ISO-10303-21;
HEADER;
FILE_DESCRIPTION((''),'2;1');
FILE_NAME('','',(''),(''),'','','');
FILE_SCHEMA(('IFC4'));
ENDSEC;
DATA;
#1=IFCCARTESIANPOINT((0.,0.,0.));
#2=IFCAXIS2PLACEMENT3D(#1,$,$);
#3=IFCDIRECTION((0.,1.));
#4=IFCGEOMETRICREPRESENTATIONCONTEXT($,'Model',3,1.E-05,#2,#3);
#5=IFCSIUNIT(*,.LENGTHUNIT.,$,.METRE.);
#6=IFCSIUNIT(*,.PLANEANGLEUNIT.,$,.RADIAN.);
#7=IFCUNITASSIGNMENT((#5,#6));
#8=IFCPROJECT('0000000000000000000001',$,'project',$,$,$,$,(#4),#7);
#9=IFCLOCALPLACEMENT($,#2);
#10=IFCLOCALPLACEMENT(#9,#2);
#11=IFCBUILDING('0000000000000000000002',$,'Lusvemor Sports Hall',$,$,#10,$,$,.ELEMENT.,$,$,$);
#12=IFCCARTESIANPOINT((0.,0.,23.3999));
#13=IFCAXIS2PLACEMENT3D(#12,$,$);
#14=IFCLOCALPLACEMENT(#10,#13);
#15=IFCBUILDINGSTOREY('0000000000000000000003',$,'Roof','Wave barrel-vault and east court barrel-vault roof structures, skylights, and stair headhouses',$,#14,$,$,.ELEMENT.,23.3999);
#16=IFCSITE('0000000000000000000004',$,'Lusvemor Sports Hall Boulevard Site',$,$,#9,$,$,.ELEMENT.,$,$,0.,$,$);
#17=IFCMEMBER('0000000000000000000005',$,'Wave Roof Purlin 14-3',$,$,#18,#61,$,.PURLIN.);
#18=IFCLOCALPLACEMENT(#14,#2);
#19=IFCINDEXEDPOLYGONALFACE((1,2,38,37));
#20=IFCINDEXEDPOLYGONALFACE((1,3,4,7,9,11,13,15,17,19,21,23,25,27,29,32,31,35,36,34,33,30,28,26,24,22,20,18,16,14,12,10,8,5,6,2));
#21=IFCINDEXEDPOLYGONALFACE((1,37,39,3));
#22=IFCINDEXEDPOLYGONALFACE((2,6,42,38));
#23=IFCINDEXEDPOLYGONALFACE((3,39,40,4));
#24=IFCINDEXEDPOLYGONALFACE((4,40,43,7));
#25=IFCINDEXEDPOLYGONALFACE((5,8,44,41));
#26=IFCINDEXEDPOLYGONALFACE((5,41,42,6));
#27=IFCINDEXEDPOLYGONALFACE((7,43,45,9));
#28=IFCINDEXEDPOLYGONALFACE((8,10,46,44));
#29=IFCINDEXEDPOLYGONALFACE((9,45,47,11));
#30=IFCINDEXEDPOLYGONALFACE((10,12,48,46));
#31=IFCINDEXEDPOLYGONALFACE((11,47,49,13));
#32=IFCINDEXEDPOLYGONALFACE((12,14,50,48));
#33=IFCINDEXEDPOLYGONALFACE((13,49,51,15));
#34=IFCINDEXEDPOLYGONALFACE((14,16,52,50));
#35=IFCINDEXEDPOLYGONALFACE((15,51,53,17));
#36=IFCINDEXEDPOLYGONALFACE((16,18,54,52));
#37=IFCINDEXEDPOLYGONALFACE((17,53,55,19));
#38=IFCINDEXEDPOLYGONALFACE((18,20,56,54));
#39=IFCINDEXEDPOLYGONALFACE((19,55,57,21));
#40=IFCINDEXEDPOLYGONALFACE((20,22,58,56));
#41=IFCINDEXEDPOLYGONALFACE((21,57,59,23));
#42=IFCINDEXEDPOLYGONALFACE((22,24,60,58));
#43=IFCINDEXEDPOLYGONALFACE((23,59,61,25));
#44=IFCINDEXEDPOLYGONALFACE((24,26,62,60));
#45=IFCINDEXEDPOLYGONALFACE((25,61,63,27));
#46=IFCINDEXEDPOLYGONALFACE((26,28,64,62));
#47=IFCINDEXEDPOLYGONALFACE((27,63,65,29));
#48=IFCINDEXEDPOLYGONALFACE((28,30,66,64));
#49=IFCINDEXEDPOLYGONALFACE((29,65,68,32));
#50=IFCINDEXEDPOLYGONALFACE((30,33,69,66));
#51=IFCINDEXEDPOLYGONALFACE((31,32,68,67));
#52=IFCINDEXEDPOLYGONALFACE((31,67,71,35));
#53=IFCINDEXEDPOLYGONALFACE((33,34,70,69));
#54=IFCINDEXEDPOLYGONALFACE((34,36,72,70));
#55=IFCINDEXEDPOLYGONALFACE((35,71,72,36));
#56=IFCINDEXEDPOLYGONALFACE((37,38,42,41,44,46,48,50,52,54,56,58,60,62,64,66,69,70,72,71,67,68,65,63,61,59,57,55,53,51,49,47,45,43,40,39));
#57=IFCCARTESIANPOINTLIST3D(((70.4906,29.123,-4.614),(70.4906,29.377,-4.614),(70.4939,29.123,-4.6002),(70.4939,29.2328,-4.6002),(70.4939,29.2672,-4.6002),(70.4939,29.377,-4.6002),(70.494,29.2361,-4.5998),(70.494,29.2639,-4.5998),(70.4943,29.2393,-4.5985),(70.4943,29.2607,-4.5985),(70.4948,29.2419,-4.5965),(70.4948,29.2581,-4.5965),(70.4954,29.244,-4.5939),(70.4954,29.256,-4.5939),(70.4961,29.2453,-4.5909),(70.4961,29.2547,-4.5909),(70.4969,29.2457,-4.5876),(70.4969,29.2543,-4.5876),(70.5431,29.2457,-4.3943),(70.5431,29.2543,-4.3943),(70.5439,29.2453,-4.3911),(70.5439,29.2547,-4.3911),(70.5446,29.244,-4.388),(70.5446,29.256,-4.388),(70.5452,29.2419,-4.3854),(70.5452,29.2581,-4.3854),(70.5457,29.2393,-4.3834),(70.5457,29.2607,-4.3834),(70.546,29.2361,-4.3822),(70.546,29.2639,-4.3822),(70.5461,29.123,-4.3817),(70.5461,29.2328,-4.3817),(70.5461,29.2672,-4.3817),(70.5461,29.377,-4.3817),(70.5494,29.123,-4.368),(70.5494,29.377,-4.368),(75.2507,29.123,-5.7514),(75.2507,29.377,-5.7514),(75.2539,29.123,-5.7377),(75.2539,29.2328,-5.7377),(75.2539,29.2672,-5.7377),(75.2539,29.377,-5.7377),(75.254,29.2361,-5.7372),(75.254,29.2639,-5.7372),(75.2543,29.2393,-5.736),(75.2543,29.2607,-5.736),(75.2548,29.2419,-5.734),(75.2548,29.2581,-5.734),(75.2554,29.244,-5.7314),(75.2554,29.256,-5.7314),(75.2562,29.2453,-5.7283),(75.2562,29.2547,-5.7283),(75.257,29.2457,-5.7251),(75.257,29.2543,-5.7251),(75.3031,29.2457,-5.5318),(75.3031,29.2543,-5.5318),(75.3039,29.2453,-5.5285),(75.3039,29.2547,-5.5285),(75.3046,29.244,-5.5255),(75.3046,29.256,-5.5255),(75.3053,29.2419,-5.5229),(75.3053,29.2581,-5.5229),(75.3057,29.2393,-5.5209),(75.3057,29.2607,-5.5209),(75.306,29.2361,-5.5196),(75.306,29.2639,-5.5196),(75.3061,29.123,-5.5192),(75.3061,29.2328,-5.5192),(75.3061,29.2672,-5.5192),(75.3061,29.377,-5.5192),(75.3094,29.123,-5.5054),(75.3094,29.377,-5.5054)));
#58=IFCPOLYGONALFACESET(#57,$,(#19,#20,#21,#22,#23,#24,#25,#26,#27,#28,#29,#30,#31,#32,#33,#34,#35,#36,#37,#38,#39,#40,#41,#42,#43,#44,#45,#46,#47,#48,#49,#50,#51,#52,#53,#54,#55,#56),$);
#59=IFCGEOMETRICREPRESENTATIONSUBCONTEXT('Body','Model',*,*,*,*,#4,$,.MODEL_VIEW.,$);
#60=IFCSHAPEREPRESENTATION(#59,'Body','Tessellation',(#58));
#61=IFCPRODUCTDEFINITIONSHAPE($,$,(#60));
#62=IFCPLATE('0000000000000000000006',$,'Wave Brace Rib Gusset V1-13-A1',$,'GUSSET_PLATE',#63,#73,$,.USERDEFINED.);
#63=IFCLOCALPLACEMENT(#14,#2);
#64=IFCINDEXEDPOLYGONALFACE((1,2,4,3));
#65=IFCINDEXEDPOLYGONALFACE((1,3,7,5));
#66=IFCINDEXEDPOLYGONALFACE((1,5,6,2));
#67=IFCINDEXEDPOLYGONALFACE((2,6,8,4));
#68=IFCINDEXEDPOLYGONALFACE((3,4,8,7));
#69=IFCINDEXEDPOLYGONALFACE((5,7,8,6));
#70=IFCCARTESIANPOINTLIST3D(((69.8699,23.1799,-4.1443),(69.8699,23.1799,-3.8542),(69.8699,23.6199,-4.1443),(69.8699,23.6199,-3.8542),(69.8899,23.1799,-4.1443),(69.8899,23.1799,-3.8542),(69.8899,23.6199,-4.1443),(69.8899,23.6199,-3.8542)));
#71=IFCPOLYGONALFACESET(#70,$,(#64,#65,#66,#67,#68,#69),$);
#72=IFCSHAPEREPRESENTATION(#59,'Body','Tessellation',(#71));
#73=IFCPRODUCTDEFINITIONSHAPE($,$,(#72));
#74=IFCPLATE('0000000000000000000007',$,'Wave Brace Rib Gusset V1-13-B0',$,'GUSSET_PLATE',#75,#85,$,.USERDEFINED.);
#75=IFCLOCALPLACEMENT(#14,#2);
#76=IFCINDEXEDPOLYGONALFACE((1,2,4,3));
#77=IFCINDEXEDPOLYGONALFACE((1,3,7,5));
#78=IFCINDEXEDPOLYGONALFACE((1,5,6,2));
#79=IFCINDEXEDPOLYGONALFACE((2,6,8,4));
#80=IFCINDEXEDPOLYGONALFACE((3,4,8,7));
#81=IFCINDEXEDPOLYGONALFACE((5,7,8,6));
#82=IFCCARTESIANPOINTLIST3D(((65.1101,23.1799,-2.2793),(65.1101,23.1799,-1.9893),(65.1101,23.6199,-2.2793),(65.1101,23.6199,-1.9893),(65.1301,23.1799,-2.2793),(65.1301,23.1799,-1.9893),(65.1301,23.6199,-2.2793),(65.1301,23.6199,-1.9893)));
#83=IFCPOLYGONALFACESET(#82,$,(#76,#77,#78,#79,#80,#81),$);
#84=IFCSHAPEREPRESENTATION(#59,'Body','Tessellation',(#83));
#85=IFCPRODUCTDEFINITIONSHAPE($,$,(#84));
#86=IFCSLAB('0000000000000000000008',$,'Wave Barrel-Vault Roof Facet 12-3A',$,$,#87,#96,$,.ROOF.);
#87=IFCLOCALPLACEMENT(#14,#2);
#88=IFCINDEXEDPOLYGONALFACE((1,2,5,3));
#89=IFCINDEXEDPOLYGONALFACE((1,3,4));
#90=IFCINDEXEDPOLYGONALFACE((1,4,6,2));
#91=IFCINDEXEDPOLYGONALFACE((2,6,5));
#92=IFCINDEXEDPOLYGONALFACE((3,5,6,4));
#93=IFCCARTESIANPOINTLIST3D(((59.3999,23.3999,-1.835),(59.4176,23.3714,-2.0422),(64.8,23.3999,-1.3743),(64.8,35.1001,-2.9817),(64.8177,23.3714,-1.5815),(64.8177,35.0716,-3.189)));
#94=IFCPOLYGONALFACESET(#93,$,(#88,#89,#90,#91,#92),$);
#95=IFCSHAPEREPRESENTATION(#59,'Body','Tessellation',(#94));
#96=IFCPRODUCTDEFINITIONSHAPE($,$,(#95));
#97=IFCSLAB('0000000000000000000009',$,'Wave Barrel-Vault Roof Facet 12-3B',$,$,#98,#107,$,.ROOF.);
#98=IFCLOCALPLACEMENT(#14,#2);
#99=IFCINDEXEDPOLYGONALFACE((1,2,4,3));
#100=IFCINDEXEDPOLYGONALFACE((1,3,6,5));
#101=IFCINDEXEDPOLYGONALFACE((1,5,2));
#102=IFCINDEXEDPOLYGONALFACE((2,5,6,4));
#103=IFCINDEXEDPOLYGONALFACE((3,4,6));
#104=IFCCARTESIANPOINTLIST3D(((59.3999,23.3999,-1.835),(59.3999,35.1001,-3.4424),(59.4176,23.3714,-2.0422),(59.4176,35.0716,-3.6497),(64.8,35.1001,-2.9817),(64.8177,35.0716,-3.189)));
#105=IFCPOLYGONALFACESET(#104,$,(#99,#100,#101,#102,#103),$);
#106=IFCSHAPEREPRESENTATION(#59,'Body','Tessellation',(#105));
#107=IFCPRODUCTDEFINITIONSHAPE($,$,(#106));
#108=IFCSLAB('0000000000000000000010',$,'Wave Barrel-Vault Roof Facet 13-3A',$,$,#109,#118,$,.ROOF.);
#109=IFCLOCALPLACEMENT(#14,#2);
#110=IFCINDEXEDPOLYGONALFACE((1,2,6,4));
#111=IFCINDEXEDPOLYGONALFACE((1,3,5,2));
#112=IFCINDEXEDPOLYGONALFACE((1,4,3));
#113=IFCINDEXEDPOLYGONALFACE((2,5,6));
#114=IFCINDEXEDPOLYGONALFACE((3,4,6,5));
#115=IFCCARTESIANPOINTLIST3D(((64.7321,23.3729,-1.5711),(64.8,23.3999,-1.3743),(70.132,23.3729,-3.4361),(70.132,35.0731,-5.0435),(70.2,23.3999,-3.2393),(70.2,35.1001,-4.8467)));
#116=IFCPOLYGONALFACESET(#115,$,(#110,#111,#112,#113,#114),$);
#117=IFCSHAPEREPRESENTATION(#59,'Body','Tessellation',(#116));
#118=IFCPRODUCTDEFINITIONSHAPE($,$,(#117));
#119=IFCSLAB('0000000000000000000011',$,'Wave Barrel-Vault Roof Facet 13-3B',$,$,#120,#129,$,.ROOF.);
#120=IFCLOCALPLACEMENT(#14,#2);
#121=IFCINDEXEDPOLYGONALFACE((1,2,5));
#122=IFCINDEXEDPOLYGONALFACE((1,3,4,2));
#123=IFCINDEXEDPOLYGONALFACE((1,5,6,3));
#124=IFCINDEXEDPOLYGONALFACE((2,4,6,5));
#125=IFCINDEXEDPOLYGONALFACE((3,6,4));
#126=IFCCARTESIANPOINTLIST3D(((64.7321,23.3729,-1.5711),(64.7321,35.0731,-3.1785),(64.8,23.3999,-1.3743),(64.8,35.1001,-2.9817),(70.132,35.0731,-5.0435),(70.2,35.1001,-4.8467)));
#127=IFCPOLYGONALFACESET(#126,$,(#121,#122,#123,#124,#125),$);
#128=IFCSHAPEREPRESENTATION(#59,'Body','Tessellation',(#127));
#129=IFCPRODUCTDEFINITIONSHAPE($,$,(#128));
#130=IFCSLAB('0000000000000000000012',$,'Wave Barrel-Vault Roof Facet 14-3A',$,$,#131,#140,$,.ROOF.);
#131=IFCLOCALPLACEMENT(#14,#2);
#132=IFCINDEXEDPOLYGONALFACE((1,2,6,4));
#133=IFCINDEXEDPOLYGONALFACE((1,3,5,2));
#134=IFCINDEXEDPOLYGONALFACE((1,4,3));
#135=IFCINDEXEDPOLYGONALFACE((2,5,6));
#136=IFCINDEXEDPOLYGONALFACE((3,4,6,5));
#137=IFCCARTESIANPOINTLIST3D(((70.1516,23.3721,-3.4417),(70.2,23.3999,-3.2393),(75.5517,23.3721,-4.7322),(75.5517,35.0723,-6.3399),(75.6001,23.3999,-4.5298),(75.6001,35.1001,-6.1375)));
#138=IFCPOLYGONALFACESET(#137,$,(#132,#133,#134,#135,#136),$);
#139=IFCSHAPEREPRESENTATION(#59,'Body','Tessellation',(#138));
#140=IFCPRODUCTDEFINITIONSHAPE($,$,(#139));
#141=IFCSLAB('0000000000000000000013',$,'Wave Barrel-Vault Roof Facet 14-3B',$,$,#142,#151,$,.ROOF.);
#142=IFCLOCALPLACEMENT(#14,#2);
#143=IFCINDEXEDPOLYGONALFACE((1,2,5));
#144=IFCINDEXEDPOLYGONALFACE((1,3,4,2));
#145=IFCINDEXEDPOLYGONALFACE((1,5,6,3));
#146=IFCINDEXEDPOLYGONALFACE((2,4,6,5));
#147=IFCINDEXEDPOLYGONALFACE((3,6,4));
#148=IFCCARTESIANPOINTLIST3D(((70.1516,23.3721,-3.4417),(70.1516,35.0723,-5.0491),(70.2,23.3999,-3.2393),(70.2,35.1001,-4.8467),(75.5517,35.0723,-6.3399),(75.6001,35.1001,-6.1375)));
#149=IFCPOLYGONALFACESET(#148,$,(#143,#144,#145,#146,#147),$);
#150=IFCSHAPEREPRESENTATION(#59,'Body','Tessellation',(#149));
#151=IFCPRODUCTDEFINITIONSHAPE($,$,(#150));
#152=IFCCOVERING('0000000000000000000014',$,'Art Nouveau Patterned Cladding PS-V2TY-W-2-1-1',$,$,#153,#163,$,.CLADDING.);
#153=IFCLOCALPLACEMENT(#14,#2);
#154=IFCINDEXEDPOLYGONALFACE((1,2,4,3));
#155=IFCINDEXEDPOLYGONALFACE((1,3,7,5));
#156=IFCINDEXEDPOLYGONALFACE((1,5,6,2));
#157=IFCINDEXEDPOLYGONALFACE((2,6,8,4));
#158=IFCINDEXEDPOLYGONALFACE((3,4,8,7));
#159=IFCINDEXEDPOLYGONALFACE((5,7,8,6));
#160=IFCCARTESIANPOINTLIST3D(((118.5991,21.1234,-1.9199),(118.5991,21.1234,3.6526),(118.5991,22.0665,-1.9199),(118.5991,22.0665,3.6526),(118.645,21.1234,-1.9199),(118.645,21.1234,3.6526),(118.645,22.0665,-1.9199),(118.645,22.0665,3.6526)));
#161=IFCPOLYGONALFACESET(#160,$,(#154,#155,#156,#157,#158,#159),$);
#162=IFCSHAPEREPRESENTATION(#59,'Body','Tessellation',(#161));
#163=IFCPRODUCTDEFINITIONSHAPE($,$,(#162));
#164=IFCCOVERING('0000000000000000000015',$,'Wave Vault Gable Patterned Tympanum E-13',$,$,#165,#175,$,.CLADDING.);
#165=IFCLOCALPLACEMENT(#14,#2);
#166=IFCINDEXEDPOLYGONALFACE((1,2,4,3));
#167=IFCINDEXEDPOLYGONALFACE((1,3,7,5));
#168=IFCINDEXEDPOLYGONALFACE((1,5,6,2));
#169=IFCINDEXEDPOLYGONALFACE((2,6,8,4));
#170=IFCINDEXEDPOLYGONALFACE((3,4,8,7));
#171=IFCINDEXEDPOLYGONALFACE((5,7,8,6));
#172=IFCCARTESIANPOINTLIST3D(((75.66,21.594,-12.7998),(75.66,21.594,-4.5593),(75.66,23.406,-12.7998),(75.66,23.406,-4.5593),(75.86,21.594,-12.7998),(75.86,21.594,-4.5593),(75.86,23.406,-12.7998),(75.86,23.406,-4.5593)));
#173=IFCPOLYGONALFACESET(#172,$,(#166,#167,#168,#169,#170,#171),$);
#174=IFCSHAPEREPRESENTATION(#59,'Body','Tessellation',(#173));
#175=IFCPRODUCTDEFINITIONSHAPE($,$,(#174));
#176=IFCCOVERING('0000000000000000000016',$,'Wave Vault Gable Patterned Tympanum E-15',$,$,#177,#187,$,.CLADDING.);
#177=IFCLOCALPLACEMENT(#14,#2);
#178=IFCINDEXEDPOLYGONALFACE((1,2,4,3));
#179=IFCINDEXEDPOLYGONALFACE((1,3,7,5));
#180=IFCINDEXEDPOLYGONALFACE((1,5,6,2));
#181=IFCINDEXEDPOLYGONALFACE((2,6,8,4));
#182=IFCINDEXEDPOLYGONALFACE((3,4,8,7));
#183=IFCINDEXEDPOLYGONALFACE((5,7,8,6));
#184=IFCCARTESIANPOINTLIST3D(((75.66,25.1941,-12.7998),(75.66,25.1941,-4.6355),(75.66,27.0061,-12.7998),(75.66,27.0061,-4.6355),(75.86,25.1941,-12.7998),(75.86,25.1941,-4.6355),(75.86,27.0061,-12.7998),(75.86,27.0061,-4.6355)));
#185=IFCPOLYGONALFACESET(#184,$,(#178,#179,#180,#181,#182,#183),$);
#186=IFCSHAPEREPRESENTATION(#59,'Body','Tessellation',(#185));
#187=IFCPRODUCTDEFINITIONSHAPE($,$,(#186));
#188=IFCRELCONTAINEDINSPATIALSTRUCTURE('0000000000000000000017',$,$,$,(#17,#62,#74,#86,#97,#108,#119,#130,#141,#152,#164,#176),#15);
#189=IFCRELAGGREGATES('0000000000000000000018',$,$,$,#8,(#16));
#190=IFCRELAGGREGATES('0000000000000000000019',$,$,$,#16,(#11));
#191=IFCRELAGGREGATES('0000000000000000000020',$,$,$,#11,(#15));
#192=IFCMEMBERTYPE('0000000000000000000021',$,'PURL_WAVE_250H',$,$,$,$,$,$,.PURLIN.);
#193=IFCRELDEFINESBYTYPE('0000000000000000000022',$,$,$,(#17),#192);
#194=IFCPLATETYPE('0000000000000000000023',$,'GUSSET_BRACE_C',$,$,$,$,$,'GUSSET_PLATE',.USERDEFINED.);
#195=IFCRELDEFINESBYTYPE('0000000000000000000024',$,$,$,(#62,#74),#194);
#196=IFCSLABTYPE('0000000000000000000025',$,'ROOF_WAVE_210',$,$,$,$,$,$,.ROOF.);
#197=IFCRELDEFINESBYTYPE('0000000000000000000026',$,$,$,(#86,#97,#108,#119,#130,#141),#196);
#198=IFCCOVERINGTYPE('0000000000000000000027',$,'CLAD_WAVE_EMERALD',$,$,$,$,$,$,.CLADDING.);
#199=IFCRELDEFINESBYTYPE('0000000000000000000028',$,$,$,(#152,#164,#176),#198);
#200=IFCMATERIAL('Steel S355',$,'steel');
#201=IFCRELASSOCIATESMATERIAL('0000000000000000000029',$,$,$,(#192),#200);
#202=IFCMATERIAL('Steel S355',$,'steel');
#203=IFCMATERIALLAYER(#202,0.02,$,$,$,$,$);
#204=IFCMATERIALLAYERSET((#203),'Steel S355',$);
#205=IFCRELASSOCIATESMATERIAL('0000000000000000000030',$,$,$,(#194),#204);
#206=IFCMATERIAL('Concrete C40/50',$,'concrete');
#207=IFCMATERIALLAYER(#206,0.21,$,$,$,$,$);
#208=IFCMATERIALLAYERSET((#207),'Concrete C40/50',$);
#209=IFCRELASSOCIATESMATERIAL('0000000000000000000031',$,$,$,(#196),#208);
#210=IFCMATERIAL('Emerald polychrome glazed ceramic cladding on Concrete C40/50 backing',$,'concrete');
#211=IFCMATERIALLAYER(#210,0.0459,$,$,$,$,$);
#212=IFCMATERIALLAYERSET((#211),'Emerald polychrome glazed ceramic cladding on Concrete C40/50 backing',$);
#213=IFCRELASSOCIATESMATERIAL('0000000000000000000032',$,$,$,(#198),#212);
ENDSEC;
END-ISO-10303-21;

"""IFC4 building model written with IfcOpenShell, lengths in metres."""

from ifc_helpers import new_model, si_unit, direction, frame, origin, origin_2d, place, context, subcontext, project, spatial, polyline, rectangle, i_section, outline, extrude, material, layer, layer_set, material_profile, profile_set, type_object, element, save


model = new_model("IFC4")

# Units and contexts
model_context = context("Model", 3, precision=1e-05, world=origin(), true_north=direction((0.0, 1.0)))
body_context = subcontext(model_context, "Body", "Model", "MODEL_VIEW")
ifc_project = project(units=[si_unit("LENGTHUNIT", "METRE"), si_unit("PLANEANGLEUNIT", "RADIAN")], contexts=[model_context])

# Site, building, storey
site_placement = place(None, origin())
site = spatial("IfcSite", under=ifc_project, at=site_placement, Name="Lusvemor Sports Hall Boulevard Site", CompositionType="ELEMENT", RefElevation=0.0)
building_placement = place(site_placement, origin())
building = spatial("IfcBuilding", under=site, at=building_placement, Name="Lusvemor Sports Hall", CompositionType="ELEMENT")
storey_placement = place(building_placement, frame((0.0, 0.0, 23.3999)))
storey = spatial("IfcBuildingStorey", under=building, at=storey_placement, Name="Roof", Description="Wave barrel-vault and east court barrel-vault roof structures, skylights, and stair headhouses", CompositionType="ELEMENT", Elevation=23.3999)

# Member
ifc_material_1 = material(Name="Steel S355", Category="steel")
ifc_material_profile_1 = material_profile(ifc_material_1, i_section(OverallWidth=0.2539, OverallDepth=0.2529, WebThickness=0.0085, FlangeThickness=0.0142, FilletRadius=0.0129, at=origin_2d()), Name="W250x73.0")
ifc_profile_set_1 = profile_set([ifc_material_profile_1], Name="Steel S355")
member_type_1 = type_object("IfcMemberType", Name="PURL_WAVE_250H", PredefinedType="PURLIN", material=ifc_profile_set_1)
member_1_placement = place(storey_placement, frame((70.52, 29.25, -4.491), z_axis=(0.972616, 0.0, -0.232416), x_axis=(0.0, 1.0, 0.0)))
element("IfcMember", 1, at=member_1_placement, inside=storey, type_object=member_type_1, Name="Wave Roof Purlin 14-3", PredefinedType="PURLIN", context=body_context, shape_type="SweptSolid", body=[
    extrude(i_section(OverallWidth=0.2539, OverallDepth=0.2529, WebThickness=0.0085, FlangeThickness=0.0142, FilletRadius=0.0129, at=origin_2d()), origin(), (0.0, 0.0, 1.0), 4.894),
])

# Plates
ifc_material_2 = material(Name="Steel S355", Category="steel")
ifc_layer_1 = layer(ifc_material_2, 0.02)
ifc_layer_set_1 = layer_set([ifc_layer_1], Name="Steel S355")
plate_type = type_object("IfcPlateType", Name="GUSSET_BRACE_C", ElementType="GUSSET_PLATE", PredefinedType="USERDEFINED", material=ifc_layer_set_1)
for number, where, z_axis, x_axis, name in (
    (2, (69.8799, 23.3999, -4.1443), (0.0, 0.0, 1.0), (1.0, 0.0, 0.0), "Wave Brace Rib Gusset V1-13-A1"),
    (3, (65.1201, 23.3999, -2.2793), (0.0, 0.0, 1.0), (1.0, 0.0, 0.0), "Wave Brace Rib Gusset V1-13-B0"),
):
    element("IfcPlate", number, at=place(storey_placement, frame(where, z_axis=z_axis, x_axis=x_axis)), inside=storey, type_object=plate_type, Name=name, ObjectType="GUSSET_PLATE", PredefinedType="USERDEFINED", context=body_context, shape_type="SweptSolid", body=[
        extrude(rectangle(XDim=0.02, YDim=0.4399, at=origin_2d()), origin(), (0.0, 0.0, 1.0), 0.29),
    ])

# Slabs
ifc_material_3 = material(Name="Concrete C40/50", Category="concrete")
ifc_layer_2 = layer(ifc_material_3, 0.21)
ifc_layer_set_2 = layer_set([ifc_layer_2], Name="Concrete C40/50")
slab_type = type_object("IfcSlabType", Name="ROOF_WAVE_210", PredefinedType="ROOF", material=ifc_layer_set_2)
slab_1_placement = place(storey_placement, frame((59.3999, 23.3999, -1.835), z_axis=(-0.084217, 0.135622, 0.987175), x_axis=(0.996381, 0.0, 0.085003)))
element("IfcSlab", 4, at=slab_1_placement, inside=storey, type_object=slab_type, Name="Wave Barrel-Vault Roof Facet 12-3A", PredefinedType="ROOF", context=body_context, shape_type="SweptSolid", body=[
    extrude(outline(polyline([(0.0, 0.0), (5.4198, 0.0), (5.2831, 11.8093), (0.0, 0.0)])), origin(), (0.0, 0.0, -1.0), 0.21),
])
slab_2_placement = place(storey_placement, frame((59.3999, 23.3999, -1.835), z_axis=(-0.084217, 0.135622, 0.987175), x_axis=(0.417412, 0.904384, -0.088638)))
element("IfcSlab", 5, at=slab_2_placement, inside=storey, type_object=slab_type, Name="Wave Barrel-Vault Roof Facet 12-3B", PredefinedType="ROOF", context=body_context, shape_type="SweptSolid", body=[
    extrude(outline(polyline([(0.0, 0.0), (12.9372, 0.0), (10.7239, 4.9473), (0.0, 0.0)])), origin(), (0.0, 0.0, -1.0), 0.21),
])
slab_3_placement = place(storey_placement, frame((64.8, 23.3999, -1.3743), z_axis=(0.323735, 0.128776, 0.937343), x_axis=(0.945213, 0.0, -0.326453)))
element("IfcSlab", 6, at=slab_3_placement, inside=storey, type_object=slab_type, Name="Wave Barrel-Vault Roof Facet 13-3A", PredefinedType="ROOF", context=body_context, shape_type="SweptSolid", body=[
    extrude(outline(polyline([(0.0, 0.0), (5.7129, 0.0), (6.2376, 11.7984), (0.0, 0.0)])), origin(), (0.0, 0.0, -1.0), 0.21),
])
slab_4_placement = place(storey_placement, frame((64.8, 23.3999, -1.3743), z_axis=(0.323735, 0.128776, 0.937343), x_axis=(0.404613, 0.876693, -0.260187)))
element("IfcSlab", 7, at=slab_4_placement, inside=storey, type_object=slab_type, Name="Wave Barrel-Vault Roof Facet 13-3B", PredefinedType="ROOF", context=body_context, shape_type="SweptSolid", body=[
    extrude(outline(polyline([(0.0, 0.0), (13.3458, 0.0), (10.6757, 5.0505), (0.0, 0.0)])), origin(), (0.0, 0.0, -1.0), 0.21),
])
slab_5_placement = place(storey_placement, frame((70.2, 23.3999, -3.2393), z_axis=(0.230387, 0.132464, 0.964041), x_axis=(0.972612, 0.0, -0.232435)))
element("IfcSlab", 8, at=slab_5_placement, inside=storey, type_object=slab_type, Name="Wave Barrel-Vault Roof Facet 14-3A", PredefinedType="ROOF", context=body_context, shape_type="SweptSolid", body=[
    extrude(outline(polyline([(0.0, 0.0), (5.5522, 0.0), (5.9259, 11.8042), (0.0, 0.0)])), origin(), (0.0, 0.0, -1.0), 0.21),
])
slab_6_placement = place(storey_placement, frame((70.2, 23.3999, -3.2393), z_axis=(0.230428, 0.132443, 0.964034), x_axis=(0.408849, 0.88583, -0.219424)))
element("IfcSlab", 9, at=slab_6_placement, inside=storey, type_object=slab_type, Name="Wave Barrel-Vault Roof Facet 14-3B", PredefinedType="ROOF", context=body_context, shape_type="SweptSolid", body=[
    extrude(outline(polyline([(0.0, 0.0), (13.2082, 0.0), (10.7171, 4.9621), (0.0, 0.0)])), origin(), (0.0, 0.0, -1.0), 0.21),
])

# Coverings
ifc_material_4 = material(Name="Emerald polychrome glazed ceramic cladding on Concrete C40/50 backing", Category="concrete")
ifc_layer_3 = layer(ifc_material_4, 0.0459)
ifc_layer_set_3 = layer_set([ifc_layer_3], Name="Emerald polychrome glazed ceramic cladding on Concrete C40/50 backing")
covering_type_1 = type_object("IfcCoveringType", Name="CLAD_WAVE_EMERALD", PredefinedType="CLADDING", material=ifc_layer_set_3)
covering_1_placement = place(storey_placement, frame((118.6221, 21.595, -1.9199), z_axis=(0.0, 0.0, 1.0), x_axis=(1.0, 0.0, 0.0)))
element("IfcCovering", 10, at=covering_1_placement, inside=storey, type_object=covering_type_1, Name="Art Nouveau Patterned Cladding PS-V2TY-W-2-1-1", PredefinedType="CLADDING", context=body_context, shape_type="SweptSolid", body=[
    extrude(rectangle(XDim=0.0459, YDim=0.9431, at=origin_2d()), origin(), (0.0, 0.0, 1.0), 5.5725),
])
covering_2_placement = place(storey_placement, frame((75.76, 22.5, -12.7998), z_axis=(0.0, 0.0, 1.0), x_axis=(1.0, 0.0, 0.0)))
element("IfcCovering", 11, at=covering_2_placement, inside=storey, type_object=covering_type_1, Name="Wave Vault Gable Patterned Tympanum E-13", PredefinedType="CLADDING", context=body_context, shape_type="SweptSolid", body=[
    extrude(rectangle(XDim=0.2, YDim=1.812, at=origin_2d()), origin(), (0.0, 0.0, 1.0), 8.2405),
])
covering_3_placement = place(storey_placement, frame((75.76, 26.1001, -12.7998), z_axis=(0.0, 0.0, 1.0), x_axis=(1.0, 0.0, 0.0)))
element("IfcCovering", 12, at=covering_3_placement, inside=storey, type_object=covering_type_1, Name="Wave Vault Gable Patterned Tympanum E-15", PredefinedType="CLADDING", context=body_context, shape_type="SweptSolid", body=[
    extrude(rectangle(XDim=0.2, YDim=1.812, at=origin_2d()), origin(), (0.0, 0.0, 1.0), 8.1643),
])

save(model, "model.ifc")
